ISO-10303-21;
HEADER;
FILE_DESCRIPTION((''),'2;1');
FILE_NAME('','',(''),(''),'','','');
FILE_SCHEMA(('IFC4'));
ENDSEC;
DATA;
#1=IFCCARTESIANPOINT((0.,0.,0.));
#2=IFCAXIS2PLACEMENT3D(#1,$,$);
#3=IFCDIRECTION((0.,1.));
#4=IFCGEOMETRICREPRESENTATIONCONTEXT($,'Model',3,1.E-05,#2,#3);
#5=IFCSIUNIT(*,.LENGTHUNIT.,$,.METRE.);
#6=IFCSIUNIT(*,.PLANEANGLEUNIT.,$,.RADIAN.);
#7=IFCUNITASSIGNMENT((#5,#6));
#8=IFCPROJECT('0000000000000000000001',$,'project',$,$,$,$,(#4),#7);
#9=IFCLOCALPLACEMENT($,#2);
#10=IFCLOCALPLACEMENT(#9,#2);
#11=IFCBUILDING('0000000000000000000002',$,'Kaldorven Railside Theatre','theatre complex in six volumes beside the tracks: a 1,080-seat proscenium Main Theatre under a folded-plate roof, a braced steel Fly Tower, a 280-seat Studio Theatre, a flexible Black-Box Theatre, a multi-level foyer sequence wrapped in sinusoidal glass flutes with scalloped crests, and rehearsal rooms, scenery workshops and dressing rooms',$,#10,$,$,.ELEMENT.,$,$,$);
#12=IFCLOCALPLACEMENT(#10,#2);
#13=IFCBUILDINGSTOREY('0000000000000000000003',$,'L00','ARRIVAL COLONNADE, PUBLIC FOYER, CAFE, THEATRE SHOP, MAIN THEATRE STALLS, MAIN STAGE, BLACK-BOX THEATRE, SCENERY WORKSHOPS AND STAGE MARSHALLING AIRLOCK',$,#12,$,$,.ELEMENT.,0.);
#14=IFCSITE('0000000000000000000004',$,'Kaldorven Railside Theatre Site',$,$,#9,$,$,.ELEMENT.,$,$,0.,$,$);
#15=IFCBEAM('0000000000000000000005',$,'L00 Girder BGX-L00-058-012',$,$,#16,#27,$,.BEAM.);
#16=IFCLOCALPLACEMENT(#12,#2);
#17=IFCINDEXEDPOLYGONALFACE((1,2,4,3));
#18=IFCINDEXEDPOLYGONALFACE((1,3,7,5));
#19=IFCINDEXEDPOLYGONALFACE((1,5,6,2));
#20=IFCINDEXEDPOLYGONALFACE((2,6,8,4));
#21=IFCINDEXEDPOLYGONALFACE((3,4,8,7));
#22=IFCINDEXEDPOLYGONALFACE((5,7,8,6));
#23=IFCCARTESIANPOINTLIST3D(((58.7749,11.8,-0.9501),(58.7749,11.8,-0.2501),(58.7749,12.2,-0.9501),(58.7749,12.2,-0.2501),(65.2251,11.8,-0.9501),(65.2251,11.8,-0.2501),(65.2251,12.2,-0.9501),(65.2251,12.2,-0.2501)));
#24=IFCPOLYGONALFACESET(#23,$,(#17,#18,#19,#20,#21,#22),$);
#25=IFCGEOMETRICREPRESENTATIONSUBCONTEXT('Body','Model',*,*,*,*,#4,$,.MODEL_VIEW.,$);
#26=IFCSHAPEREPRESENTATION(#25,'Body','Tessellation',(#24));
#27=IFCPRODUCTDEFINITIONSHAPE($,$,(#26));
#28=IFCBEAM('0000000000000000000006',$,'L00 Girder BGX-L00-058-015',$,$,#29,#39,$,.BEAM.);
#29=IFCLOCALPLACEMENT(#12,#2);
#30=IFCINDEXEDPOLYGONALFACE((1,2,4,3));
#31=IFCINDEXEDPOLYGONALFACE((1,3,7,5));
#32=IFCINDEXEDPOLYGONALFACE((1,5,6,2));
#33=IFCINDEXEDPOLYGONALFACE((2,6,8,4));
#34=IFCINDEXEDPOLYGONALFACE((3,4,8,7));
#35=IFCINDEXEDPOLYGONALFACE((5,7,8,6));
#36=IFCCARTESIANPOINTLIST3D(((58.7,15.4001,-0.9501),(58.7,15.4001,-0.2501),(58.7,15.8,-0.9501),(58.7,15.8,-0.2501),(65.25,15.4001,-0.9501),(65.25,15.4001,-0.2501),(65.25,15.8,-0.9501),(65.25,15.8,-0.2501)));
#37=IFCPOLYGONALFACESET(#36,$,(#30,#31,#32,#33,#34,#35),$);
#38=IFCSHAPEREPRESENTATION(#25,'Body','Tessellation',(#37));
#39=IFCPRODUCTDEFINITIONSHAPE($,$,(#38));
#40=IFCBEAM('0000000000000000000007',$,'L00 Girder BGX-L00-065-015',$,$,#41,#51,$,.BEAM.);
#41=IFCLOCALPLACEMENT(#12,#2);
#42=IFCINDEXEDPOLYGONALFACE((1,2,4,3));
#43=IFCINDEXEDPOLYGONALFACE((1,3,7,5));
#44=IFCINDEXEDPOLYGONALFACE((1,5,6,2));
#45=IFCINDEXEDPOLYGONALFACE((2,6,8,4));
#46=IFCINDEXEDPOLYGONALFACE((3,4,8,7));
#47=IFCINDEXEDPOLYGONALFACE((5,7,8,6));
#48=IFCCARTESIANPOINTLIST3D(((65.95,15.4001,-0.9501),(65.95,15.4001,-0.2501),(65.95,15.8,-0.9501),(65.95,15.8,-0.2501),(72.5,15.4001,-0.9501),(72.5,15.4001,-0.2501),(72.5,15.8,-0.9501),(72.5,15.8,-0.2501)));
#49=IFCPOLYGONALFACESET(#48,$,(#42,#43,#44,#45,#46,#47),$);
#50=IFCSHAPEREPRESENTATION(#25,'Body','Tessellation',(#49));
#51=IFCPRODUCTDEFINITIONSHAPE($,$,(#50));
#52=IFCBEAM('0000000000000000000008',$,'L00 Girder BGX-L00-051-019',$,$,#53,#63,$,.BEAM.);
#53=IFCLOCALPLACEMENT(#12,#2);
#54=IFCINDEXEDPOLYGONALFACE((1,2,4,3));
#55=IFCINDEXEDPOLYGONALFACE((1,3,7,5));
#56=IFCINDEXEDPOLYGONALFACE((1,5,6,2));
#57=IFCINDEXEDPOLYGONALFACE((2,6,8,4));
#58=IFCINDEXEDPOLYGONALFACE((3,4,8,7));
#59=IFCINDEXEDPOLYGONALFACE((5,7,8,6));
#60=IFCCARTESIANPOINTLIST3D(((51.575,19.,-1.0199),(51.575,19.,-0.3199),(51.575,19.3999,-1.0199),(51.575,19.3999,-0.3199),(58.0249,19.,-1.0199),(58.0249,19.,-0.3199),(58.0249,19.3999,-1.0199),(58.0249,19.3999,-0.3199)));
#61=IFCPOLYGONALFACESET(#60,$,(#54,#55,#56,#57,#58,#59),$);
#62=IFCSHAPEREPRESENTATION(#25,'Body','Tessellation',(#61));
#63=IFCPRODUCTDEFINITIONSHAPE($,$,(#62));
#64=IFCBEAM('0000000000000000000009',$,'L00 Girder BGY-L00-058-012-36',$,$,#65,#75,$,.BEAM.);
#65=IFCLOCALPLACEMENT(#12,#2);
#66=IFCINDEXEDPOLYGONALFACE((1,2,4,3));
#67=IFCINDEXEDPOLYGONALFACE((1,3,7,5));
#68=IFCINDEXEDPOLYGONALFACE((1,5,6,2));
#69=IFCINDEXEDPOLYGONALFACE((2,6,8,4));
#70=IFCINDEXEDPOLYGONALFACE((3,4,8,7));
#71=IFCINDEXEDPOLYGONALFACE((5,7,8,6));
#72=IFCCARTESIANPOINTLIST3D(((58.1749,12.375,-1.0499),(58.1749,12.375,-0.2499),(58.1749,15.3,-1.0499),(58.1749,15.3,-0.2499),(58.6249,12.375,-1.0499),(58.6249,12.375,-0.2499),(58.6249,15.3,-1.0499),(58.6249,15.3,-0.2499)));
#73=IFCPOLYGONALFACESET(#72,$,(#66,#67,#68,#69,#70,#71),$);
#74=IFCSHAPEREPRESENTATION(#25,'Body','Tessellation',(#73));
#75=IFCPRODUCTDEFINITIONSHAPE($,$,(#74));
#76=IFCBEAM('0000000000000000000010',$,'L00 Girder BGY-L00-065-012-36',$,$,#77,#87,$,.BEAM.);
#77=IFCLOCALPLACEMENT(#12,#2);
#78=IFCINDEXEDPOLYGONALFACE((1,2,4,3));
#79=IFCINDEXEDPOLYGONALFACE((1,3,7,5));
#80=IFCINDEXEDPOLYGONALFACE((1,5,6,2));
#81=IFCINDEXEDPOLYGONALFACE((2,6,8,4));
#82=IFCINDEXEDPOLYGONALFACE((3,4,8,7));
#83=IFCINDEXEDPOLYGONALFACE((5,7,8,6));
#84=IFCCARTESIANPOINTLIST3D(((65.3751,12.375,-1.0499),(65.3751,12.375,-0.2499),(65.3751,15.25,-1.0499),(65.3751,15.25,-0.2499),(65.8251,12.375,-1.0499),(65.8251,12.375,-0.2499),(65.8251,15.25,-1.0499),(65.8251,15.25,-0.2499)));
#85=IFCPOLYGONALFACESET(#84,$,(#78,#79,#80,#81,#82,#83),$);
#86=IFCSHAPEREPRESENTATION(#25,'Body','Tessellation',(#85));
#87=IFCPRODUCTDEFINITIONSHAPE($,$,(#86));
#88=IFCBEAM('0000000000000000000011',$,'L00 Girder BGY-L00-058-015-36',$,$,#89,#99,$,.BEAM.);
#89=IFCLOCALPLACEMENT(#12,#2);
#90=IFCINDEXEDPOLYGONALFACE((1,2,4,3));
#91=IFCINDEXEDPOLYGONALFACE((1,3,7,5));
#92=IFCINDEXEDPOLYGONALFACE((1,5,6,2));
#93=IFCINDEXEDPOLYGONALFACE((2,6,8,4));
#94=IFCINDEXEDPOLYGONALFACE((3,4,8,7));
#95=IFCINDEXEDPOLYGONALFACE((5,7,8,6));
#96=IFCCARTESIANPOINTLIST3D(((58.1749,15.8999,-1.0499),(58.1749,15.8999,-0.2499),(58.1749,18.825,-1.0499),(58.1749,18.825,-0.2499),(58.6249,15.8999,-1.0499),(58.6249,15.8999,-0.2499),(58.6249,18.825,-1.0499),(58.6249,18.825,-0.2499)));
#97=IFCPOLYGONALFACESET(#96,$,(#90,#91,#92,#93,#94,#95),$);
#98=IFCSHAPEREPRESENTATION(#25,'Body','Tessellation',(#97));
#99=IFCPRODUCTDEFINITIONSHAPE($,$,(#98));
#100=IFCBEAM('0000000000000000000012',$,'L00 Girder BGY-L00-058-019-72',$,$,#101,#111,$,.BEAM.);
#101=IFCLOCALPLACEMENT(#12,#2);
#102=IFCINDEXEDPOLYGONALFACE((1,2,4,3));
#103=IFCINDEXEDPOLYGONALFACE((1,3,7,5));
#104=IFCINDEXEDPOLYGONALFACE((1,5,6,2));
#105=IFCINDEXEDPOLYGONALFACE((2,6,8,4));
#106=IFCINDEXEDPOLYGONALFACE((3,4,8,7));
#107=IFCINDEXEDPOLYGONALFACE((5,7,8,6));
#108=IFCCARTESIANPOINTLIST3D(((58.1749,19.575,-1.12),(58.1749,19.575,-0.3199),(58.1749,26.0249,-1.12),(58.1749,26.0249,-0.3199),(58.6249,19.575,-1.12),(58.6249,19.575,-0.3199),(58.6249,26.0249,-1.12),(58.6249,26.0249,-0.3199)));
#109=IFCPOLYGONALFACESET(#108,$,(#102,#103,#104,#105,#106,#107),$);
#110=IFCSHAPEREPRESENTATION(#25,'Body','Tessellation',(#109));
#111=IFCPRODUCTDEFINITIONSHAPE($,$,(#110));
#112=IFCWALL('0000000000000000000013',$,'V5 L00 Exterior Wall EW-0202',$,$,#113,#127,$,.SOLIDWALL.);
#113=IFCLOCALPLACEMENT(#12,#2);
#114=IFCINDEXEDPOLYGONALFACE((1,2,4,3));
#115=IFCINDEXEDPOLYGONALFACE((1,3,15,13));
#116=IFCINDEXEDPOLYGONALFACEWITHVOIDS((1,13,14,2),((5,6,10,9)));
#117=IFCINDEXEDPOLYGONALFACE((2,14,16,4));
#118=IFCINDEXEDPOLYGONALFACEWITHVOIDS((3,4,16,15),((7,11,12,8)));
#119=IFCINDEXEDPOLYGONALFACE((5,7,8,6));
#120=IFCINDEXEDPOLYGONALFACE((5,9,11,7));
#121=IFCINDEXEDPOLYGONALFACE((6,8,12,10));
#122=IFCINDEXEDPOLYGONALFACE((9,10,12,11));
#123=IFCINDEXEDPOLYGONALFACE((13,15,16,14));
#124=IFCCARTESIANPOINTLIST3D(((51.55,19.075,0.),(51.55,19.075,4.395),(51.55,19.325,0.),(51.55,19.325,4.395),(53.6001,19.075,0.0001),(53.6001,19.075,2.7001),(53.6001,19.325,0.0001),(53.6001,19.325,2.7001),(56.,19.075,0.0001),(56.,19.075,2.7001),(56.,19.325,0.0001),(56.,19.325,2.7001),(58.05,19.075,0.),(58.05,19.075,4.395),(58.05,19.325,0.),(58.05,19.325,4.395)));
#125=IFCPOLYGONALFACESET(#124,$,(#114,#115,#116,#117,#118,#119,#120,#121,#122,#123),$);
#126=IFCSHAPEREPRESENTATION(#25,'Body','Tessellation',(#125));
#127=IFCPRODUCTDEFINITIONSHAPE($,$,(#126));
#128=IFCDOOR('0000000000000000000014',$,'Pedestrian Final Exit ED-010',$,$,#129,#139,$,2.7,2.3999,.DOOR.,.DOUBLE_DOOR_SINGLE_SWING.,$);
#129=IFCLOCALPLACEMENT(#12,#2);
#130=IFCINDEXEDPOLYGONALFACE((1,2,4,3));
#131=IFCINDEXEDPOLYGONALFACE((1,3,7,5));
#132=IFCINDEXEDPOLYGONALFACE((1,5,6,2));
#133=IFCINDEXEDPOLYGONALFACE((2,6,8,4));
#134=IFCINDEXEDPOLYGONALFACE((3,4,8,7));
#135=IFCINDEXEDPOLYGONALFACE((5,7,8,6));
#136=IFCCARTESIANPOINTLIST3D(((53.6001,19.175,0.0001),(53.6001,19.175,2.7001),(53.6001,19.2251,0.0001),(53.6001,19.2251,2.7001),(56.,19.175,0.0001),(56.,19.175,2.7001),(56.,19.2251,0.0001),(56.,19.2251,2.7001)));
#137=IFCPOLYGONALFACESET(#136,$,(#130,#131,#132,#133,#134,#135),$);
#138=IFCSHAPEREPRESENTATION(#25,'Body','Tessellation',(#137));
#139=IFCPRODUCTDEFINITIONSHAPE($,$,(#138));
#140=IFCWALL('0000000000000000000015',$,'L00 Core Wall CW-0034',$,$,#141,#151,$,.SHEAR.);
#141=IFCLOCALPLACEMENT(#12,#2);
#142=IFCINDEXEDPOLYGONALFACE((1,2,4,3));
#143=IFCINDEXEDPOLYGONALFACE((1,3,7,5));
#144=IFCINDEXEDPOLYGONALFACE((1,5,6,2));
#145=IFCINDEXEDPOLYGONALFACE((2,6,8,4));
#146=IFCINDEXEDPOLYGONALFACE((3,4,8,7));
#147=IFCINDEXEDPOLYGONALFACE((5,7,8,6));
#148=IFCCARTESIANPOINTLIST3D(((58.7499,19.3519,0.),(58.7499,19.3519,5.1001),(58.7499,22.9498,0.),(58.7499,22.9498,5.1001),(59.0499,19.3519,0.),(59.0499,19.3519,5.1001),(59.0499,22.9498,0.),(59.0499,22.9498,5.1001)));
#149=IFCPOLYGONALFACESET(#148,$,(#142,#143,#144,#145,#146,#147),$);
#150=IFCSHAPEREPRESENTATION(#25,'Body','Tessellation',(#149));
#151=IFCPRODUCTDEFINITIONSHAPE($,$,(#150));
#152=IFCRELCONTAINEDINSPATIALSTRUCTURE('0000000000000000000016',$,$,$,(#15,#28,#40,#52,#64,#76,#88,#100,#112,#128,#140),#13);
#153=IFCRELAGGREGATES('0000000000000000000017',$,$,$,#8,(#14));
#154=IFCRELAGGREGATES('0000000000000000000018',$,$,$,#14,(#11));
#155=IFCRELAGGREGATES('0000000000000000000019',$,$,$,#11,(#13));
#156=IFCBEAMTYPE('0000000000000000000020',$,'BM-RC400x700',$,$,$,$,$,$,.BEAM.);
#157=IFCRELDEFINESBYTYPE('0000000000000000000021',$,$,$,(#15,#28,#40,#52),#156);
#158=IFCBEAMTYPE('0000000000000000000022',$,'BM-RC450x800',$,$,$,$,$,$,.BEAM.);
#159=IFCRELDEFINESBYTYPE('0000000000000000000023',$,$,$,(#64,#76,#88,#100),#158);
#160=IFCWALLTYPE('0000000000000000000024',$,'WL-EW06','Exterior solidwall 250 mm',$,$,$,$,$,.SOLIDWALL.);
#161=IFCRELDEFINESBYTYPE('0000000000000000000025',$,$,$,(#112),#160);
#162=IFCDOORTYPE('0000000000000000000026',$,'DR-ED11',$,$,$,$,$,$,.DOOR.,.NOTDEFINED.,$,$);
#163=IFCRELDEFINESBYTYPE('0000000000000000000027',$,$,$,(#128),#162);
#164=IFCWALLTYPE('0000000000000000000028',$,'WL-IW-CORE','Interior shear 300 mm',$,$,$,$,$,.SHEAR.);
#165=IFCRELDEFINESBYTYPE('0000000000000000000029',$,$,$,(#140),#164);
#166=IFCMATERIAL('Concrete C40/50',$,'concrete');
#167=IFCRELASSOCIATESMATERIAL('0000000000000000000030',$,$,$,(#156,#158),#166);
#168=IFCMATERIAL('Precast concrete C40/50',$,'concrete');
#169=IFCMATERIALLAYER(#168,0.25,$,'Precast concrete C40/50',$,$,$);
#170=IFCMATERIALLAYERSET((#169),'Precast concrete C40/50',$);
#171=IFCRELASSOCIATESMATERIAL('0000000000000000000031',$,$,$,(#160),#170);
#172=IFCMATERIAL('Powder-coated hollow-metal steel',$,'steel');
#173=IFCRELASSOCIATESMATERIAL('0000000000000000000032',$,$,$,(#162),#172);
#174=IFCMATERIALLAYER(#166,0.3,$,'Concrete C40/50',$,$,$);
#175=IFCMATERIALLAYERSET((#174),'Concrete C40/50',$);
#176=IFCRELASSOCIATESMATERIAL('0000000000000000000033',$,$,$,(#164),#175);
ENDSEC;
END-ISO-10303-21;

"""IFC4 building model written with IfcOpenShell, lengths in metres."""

from ifc_helpers import new_model, si_unit, direction, frame, frame_2d, origin, origin_2d, place, context, subcontext, project, spatial, rectangle, extrude, material, layer, layer_set, material_profile, profile_set, type_object, element, fill, save


model = new_model("IFC4")

# Units and contexts
model_context = context("Model", 3, precision=1e-05, world=origin(), true_north=direction((0.0, 1.0)))
body_context = subcontext(model_context, "Body", "Model", "MODEL_VIEW")
ifc_project = project(units=[si_unit("LENGTHUNIT", "METRE"), si_unit("PLANEANGLEUNIT", "RADIAN")], contexts=[model_context])

# Site, building, storey
site_placement = place(None, origin())
site = spatial("IfcSite", under=ifc_project, at=site_placement, Name="Kaldorven Railside Theatre Site", CompositionType="ELEMENT", RefElevation=0.0)
building_placement = place(site_placement, origin())
building = spatial("IfcBuilding", under=site, at=building_placement, Name="Kaldorven Railside Theatre", Description="theatre complex in six volumes beside the tracks: a 1,080-seat proscenium Main Theatre under a folded-plate roof, a braced steel Fly Tower, a 280-seat Studio Theatre, a flexible Black-Box Theatre, a multi-level foyer sequence wrapped in sinusoidal glass flutes with scalloped crests, and rehearsal rooms, scenery workshops and dressing rooms", CompositionType="ELEMENT")
storey_placement = place(building_placement, origin())
storey = spatial("IfcBuildingStorey", under=building, at=storey_placement, Name="L00", Description="ARRIVAL COLONNADE, PUBLIC FOYER, CAFE, THEATRE SHOP, MAIN THEATRE STALLS, MAIN STAGE, BLACK-BOX THEATRE, SCENERY WORKSHOPS AND STAGE MARSHALLING AIRLOCK", CompositionType="ELEMENT", Elevation=0.0)

# Shared definitions
ifc_material_1 = material(Name="Concrete C40/50", Category="concrete")

# Beams
ifc_material_profile_1 = material_profile(ifc_material_1, rectangle(XDim=0.3999, YDim=0.7, at=origin_2d()), Name="RC 400x700")
ifc_profile_set_1 = profile_set([ifc_material_profile_1], Name="Concrete C40/50")
beam_type_1 = type_object("IfcBeamType", Name="BM-RC400x700", PredefinedType="BEAM", material=ifc_profile_set_1)
beam_1_placement = place(storey_placement, frame((58.7749, 12.0, -0.6001), z_axis=(1.0, 0.0, 0.0), x_axis=(0.0, 1.0, 0.0)))
element("IfcBeam", 1, at=beam_1_placement, inside=storey, type_object=beam_type_1, Name="L00 Girder BGX-L00-058-012", PredefinedType="BEAM", context=body_context, shape_type="SweptSolid", body=[
    extrude(rectangle(XDim=0.3999, YDim=0.7, at=origin_2d()), origin(), (0.0, 0.0, 1.0), 6.4502),
])
for number, where, z_axis, x_axis, name in (
    (2, (58.7, 15.6001, -0.6001), (1.0, 0.0, 0.0), (0.0, 1.0, 0.0), "L00 Girder BGX-L00-058-015"),
    (3, (65.95, 15.6001, -0.6001), (1.0, 0.0, 0.0), (0.0, 1.0, 0.0), "L00 Girder BGX-L00-065-015"),
):
    element("IfcBeam", number, at=place(storey_placement, frame(where, z_axis=z_axis, x_axis=x_axis)), inside=storey, type_object=beam_type_1, Name=name, PredefinedType="BEAM", context=body_context, shape_type="SweptSolid", body=[
        extrude(rectangle(XDim=0.3999, YDim=0.7, at=origin_2d()), origin(), (0.0, 0.0, 1.0), 6.55),
    ])
beam_2_placement = place(storey_placement, frame((51.575, 19.2, -0.6699), z_axis=(1.0, 0.0, 0.0), x_axis=(0.0, 1.0, 0.0)))
element("IfcBeam", 4, at=beam_2_placement, inside=storey, type_object=beam_type_1, Name="L00 Girder BGX-L00-051-019", PredefinedType="BEAM", context=body_context, shape_type="SweptSolid", body=[
    extrude(rectangle(XDim=0.3999, YDim=0.7, at=origin_2d()), origin(), (0.0, 0.0, 1.0), 6.45),
])
ifc_material_profile_2 = material_profile(ifc_material_1, rectangle(XDim=0.45, YDim=0.8, at=origin_2d()), Name="RC 450x800")
ifc_profile_set_2 = profile_set([ifc_material_profile_2], Name="Concrete C40/50")
beam_type_2 = type_object("IfcBeamType", Name="BM-RC450x800", PredefinedType="BEAM", material=ifc_profile_set_2)
beam_3_placement = place(storey_placement, frame((58.3999, 12.375, -0.6499), z_axis=(0.0, 1.0, 0.0), x_axis=(-1.0, 0.0, 0.0)))
element("IfcBeam", 5, at=beam_3_placement, inside=storey, type_object=beam_type_2, Name="L00 Girder BGY-L00-058-012-36", PredefinedType="BEAM", context=body_context, shape_type="SweptSolid", body=[
    extrude(rectangle(XDim=0.45, YDim=0.8, at=origin_2d()), origin(), (0.0, 0.0, 1.0), 2.925),
])
beam_4_placement = place(storey_placement, frame((65.6001, 12.375, -0.6499), z_axis=(0.0, 1.0, 0.0), x_axis=(-1.0, 0.0, 0.0)))
element("IfcBeam", 6, at=beam_4_placement, inside=storey, type_object=beam_type_2, Name="L00 Girder BGY-L00-065-012-36", PredefinedType="BEAM", context=body_context, shape_type="SweptSolid", body=[
    extrude(rectangle(XDim=0.45, YDim=0.8, at=origin_2d()), origin(), (0.0, 0.0, 1.0), 2.875),
])
beam_5_placement = place(storey_placement, frame((58.3999, 15.8999, -0.6499), z_axis=(0.0, 1.0, 0.0), x_axis=(-1.0, 0.0, 0.0)))
element("IfcBeam", 7, at=beam_5_placement, inside=storey, type_object=beam_type_2, Name="L00 Girder BGY-L00-058-015-36", PredefinedType="BEAM", context=body_context, shape_type="SweptSolid", body=[
    extrude(rectangle(XDim=0.45, YDim=0.8, at=origin_2d()), origin(), (0.0, 0.0, 1.0), 2.925),
])
beam_6_placement = place(storey_placement, frame((58.3999, 19.575, -0.72), z_axis=(0.0, 1.0, 0.0), x_axis=(-1.0, 0.0, 0.0)))
element("IfcBeam", 8, at=beam_6_placement, inside=storey, type_object=beam_type_2, Name="L00 Girder BGY-L00-058-019-72", PredefinedType="BEAM", context=body_context, shape_type="SweptSolid", body=[
    extrude(rectangle(XDim=0.45, YDim=0.8, at=origin_2d()), origin(), (0.0, 0.0, 1.0), 6.45),
])

# Wall, opening, door
ifc_material_2 = material(Name="Precast concrete C40/50", Category="concrete")
ifc_layer_1 = layer(ifc_material_2, 0.25, Name="Precast concrete C40/50")
ifc_layer_set_1 = layer_set([ifc_layer_1], Name="Precast concrete C40/50")
wall_type_1 = type_object("IfcWallType", Name="WL-EW06", Description="Exterior solidwall 250 mm", PredefinedType="SOLIDWALL", material=ifc_layer_set_1)
wall_1_placement = place(storey_placement, frame((58.05, 19.2, 0.0), z_axis=(0.0, 0.0, 1.0), x_axis=(-1.0, 0.0, 0.0)))
wall_1 = element("IfcWall", 9, at=wall_1_placement, inside=storey, type_object=wall_type_1, Name="V5 L00 Exterior Wall EW-0202", PredefinedType="SOLIDWALL", context=body_context, shape_type="SweptSolid", body=[
    extrude(rectangle(XDim=6.5, YDim=0.25, at=frame_2d((3.25, 0.0))), origin(), (0.0, 0.0, 1.0), 4.395),
])
opening_placement = place(wall_1_placement, frame((2.05, 0.0, 0.0)))
opening = element("IfcOpeningElement", 10, at=opening_placement, cuts=wall_1, PredefinedType="OPENING", context=body_context, shape_type="SweptSolid", body=[
    extrude(rectangle(XDim=2.3999, YDim=2.7, at=frame_2d((1.2, 1.3501))), frame((0.0, 0.135, 0.0), z_axis=(0.0, -1.0, 0.0), x_axis=(1.0, 0.0, 0.0)), (0.0, 0.0, 1.0), 0.27),
])
ifc_material_3 = material(Name="Powder-coated hollow-metal steel", Category="steel")
door_type = type_object("IfcDoorType", Name="DR-ED11", OperationType="NOTDEFINED", PredefinedType="DOOR", material=ifc_material_3)
door_placement = place(opening_placement, origin())
door = element("IfcDoor", 11, at=door_placement, inside=storey, type_object=door_type, Name="Pedestrian Final Exit ED-010", OperationType="DOUBLE_DOOR_SINGLE_SWING", OverallHeight=2.7, OverallWidth=2.3999, PredefinedType="DOOR", context=body_context, shape_type="SweptSolid", body=[
    extrude(rectangle(XDim=2.3999, YDim=2.7, at=frame_2d((1.2, 1.3501))), frame((0.0, 0.0249, 0.0), z_axis=(0.0, -1.0, 0.0), x_axis=(1.0, 0.0, 0.0)), (0.0, 0.0, 1.0), 0.05),
])
fill(opening, door)

# Wall
ifc_layer_2 = layer(ifc_material_1, 0.3, Name="Concrete C40/50")
ifc_layer_set_2 = layer_set([ifc_layer_2], Name="Concrete C40/50")
wall_type_2 = type_object("IfcWallType", Name="WL-IW-CORE", Description="Interior shear 300 mm", PredefinedType="SHEAR", material=ifc_layer_set_2)
wall_2_placement = place(storey_placement, frame((58.8999, 19.3521, 0.0), z_axis=(0.0, 0.0, 1.0), x_axis=(0.0, 1.0, 0.0)))
element("IfcWall", 12, at=wall_2_placement, inside=storey, type_object=wall_type_2, Name="L00 Core Wall CW-0034", PredefinedType="SHEAR", context=body_context, shape_type="SweptSolid", body=[
    extrude(rectangle(XDim=3.5979, YDim=0.3, at=frame_2d((1.7988, 0.0))), origin(), (0.0, 0.0, 1.0), 5.1001),
])

save(model, "model.ifc")
